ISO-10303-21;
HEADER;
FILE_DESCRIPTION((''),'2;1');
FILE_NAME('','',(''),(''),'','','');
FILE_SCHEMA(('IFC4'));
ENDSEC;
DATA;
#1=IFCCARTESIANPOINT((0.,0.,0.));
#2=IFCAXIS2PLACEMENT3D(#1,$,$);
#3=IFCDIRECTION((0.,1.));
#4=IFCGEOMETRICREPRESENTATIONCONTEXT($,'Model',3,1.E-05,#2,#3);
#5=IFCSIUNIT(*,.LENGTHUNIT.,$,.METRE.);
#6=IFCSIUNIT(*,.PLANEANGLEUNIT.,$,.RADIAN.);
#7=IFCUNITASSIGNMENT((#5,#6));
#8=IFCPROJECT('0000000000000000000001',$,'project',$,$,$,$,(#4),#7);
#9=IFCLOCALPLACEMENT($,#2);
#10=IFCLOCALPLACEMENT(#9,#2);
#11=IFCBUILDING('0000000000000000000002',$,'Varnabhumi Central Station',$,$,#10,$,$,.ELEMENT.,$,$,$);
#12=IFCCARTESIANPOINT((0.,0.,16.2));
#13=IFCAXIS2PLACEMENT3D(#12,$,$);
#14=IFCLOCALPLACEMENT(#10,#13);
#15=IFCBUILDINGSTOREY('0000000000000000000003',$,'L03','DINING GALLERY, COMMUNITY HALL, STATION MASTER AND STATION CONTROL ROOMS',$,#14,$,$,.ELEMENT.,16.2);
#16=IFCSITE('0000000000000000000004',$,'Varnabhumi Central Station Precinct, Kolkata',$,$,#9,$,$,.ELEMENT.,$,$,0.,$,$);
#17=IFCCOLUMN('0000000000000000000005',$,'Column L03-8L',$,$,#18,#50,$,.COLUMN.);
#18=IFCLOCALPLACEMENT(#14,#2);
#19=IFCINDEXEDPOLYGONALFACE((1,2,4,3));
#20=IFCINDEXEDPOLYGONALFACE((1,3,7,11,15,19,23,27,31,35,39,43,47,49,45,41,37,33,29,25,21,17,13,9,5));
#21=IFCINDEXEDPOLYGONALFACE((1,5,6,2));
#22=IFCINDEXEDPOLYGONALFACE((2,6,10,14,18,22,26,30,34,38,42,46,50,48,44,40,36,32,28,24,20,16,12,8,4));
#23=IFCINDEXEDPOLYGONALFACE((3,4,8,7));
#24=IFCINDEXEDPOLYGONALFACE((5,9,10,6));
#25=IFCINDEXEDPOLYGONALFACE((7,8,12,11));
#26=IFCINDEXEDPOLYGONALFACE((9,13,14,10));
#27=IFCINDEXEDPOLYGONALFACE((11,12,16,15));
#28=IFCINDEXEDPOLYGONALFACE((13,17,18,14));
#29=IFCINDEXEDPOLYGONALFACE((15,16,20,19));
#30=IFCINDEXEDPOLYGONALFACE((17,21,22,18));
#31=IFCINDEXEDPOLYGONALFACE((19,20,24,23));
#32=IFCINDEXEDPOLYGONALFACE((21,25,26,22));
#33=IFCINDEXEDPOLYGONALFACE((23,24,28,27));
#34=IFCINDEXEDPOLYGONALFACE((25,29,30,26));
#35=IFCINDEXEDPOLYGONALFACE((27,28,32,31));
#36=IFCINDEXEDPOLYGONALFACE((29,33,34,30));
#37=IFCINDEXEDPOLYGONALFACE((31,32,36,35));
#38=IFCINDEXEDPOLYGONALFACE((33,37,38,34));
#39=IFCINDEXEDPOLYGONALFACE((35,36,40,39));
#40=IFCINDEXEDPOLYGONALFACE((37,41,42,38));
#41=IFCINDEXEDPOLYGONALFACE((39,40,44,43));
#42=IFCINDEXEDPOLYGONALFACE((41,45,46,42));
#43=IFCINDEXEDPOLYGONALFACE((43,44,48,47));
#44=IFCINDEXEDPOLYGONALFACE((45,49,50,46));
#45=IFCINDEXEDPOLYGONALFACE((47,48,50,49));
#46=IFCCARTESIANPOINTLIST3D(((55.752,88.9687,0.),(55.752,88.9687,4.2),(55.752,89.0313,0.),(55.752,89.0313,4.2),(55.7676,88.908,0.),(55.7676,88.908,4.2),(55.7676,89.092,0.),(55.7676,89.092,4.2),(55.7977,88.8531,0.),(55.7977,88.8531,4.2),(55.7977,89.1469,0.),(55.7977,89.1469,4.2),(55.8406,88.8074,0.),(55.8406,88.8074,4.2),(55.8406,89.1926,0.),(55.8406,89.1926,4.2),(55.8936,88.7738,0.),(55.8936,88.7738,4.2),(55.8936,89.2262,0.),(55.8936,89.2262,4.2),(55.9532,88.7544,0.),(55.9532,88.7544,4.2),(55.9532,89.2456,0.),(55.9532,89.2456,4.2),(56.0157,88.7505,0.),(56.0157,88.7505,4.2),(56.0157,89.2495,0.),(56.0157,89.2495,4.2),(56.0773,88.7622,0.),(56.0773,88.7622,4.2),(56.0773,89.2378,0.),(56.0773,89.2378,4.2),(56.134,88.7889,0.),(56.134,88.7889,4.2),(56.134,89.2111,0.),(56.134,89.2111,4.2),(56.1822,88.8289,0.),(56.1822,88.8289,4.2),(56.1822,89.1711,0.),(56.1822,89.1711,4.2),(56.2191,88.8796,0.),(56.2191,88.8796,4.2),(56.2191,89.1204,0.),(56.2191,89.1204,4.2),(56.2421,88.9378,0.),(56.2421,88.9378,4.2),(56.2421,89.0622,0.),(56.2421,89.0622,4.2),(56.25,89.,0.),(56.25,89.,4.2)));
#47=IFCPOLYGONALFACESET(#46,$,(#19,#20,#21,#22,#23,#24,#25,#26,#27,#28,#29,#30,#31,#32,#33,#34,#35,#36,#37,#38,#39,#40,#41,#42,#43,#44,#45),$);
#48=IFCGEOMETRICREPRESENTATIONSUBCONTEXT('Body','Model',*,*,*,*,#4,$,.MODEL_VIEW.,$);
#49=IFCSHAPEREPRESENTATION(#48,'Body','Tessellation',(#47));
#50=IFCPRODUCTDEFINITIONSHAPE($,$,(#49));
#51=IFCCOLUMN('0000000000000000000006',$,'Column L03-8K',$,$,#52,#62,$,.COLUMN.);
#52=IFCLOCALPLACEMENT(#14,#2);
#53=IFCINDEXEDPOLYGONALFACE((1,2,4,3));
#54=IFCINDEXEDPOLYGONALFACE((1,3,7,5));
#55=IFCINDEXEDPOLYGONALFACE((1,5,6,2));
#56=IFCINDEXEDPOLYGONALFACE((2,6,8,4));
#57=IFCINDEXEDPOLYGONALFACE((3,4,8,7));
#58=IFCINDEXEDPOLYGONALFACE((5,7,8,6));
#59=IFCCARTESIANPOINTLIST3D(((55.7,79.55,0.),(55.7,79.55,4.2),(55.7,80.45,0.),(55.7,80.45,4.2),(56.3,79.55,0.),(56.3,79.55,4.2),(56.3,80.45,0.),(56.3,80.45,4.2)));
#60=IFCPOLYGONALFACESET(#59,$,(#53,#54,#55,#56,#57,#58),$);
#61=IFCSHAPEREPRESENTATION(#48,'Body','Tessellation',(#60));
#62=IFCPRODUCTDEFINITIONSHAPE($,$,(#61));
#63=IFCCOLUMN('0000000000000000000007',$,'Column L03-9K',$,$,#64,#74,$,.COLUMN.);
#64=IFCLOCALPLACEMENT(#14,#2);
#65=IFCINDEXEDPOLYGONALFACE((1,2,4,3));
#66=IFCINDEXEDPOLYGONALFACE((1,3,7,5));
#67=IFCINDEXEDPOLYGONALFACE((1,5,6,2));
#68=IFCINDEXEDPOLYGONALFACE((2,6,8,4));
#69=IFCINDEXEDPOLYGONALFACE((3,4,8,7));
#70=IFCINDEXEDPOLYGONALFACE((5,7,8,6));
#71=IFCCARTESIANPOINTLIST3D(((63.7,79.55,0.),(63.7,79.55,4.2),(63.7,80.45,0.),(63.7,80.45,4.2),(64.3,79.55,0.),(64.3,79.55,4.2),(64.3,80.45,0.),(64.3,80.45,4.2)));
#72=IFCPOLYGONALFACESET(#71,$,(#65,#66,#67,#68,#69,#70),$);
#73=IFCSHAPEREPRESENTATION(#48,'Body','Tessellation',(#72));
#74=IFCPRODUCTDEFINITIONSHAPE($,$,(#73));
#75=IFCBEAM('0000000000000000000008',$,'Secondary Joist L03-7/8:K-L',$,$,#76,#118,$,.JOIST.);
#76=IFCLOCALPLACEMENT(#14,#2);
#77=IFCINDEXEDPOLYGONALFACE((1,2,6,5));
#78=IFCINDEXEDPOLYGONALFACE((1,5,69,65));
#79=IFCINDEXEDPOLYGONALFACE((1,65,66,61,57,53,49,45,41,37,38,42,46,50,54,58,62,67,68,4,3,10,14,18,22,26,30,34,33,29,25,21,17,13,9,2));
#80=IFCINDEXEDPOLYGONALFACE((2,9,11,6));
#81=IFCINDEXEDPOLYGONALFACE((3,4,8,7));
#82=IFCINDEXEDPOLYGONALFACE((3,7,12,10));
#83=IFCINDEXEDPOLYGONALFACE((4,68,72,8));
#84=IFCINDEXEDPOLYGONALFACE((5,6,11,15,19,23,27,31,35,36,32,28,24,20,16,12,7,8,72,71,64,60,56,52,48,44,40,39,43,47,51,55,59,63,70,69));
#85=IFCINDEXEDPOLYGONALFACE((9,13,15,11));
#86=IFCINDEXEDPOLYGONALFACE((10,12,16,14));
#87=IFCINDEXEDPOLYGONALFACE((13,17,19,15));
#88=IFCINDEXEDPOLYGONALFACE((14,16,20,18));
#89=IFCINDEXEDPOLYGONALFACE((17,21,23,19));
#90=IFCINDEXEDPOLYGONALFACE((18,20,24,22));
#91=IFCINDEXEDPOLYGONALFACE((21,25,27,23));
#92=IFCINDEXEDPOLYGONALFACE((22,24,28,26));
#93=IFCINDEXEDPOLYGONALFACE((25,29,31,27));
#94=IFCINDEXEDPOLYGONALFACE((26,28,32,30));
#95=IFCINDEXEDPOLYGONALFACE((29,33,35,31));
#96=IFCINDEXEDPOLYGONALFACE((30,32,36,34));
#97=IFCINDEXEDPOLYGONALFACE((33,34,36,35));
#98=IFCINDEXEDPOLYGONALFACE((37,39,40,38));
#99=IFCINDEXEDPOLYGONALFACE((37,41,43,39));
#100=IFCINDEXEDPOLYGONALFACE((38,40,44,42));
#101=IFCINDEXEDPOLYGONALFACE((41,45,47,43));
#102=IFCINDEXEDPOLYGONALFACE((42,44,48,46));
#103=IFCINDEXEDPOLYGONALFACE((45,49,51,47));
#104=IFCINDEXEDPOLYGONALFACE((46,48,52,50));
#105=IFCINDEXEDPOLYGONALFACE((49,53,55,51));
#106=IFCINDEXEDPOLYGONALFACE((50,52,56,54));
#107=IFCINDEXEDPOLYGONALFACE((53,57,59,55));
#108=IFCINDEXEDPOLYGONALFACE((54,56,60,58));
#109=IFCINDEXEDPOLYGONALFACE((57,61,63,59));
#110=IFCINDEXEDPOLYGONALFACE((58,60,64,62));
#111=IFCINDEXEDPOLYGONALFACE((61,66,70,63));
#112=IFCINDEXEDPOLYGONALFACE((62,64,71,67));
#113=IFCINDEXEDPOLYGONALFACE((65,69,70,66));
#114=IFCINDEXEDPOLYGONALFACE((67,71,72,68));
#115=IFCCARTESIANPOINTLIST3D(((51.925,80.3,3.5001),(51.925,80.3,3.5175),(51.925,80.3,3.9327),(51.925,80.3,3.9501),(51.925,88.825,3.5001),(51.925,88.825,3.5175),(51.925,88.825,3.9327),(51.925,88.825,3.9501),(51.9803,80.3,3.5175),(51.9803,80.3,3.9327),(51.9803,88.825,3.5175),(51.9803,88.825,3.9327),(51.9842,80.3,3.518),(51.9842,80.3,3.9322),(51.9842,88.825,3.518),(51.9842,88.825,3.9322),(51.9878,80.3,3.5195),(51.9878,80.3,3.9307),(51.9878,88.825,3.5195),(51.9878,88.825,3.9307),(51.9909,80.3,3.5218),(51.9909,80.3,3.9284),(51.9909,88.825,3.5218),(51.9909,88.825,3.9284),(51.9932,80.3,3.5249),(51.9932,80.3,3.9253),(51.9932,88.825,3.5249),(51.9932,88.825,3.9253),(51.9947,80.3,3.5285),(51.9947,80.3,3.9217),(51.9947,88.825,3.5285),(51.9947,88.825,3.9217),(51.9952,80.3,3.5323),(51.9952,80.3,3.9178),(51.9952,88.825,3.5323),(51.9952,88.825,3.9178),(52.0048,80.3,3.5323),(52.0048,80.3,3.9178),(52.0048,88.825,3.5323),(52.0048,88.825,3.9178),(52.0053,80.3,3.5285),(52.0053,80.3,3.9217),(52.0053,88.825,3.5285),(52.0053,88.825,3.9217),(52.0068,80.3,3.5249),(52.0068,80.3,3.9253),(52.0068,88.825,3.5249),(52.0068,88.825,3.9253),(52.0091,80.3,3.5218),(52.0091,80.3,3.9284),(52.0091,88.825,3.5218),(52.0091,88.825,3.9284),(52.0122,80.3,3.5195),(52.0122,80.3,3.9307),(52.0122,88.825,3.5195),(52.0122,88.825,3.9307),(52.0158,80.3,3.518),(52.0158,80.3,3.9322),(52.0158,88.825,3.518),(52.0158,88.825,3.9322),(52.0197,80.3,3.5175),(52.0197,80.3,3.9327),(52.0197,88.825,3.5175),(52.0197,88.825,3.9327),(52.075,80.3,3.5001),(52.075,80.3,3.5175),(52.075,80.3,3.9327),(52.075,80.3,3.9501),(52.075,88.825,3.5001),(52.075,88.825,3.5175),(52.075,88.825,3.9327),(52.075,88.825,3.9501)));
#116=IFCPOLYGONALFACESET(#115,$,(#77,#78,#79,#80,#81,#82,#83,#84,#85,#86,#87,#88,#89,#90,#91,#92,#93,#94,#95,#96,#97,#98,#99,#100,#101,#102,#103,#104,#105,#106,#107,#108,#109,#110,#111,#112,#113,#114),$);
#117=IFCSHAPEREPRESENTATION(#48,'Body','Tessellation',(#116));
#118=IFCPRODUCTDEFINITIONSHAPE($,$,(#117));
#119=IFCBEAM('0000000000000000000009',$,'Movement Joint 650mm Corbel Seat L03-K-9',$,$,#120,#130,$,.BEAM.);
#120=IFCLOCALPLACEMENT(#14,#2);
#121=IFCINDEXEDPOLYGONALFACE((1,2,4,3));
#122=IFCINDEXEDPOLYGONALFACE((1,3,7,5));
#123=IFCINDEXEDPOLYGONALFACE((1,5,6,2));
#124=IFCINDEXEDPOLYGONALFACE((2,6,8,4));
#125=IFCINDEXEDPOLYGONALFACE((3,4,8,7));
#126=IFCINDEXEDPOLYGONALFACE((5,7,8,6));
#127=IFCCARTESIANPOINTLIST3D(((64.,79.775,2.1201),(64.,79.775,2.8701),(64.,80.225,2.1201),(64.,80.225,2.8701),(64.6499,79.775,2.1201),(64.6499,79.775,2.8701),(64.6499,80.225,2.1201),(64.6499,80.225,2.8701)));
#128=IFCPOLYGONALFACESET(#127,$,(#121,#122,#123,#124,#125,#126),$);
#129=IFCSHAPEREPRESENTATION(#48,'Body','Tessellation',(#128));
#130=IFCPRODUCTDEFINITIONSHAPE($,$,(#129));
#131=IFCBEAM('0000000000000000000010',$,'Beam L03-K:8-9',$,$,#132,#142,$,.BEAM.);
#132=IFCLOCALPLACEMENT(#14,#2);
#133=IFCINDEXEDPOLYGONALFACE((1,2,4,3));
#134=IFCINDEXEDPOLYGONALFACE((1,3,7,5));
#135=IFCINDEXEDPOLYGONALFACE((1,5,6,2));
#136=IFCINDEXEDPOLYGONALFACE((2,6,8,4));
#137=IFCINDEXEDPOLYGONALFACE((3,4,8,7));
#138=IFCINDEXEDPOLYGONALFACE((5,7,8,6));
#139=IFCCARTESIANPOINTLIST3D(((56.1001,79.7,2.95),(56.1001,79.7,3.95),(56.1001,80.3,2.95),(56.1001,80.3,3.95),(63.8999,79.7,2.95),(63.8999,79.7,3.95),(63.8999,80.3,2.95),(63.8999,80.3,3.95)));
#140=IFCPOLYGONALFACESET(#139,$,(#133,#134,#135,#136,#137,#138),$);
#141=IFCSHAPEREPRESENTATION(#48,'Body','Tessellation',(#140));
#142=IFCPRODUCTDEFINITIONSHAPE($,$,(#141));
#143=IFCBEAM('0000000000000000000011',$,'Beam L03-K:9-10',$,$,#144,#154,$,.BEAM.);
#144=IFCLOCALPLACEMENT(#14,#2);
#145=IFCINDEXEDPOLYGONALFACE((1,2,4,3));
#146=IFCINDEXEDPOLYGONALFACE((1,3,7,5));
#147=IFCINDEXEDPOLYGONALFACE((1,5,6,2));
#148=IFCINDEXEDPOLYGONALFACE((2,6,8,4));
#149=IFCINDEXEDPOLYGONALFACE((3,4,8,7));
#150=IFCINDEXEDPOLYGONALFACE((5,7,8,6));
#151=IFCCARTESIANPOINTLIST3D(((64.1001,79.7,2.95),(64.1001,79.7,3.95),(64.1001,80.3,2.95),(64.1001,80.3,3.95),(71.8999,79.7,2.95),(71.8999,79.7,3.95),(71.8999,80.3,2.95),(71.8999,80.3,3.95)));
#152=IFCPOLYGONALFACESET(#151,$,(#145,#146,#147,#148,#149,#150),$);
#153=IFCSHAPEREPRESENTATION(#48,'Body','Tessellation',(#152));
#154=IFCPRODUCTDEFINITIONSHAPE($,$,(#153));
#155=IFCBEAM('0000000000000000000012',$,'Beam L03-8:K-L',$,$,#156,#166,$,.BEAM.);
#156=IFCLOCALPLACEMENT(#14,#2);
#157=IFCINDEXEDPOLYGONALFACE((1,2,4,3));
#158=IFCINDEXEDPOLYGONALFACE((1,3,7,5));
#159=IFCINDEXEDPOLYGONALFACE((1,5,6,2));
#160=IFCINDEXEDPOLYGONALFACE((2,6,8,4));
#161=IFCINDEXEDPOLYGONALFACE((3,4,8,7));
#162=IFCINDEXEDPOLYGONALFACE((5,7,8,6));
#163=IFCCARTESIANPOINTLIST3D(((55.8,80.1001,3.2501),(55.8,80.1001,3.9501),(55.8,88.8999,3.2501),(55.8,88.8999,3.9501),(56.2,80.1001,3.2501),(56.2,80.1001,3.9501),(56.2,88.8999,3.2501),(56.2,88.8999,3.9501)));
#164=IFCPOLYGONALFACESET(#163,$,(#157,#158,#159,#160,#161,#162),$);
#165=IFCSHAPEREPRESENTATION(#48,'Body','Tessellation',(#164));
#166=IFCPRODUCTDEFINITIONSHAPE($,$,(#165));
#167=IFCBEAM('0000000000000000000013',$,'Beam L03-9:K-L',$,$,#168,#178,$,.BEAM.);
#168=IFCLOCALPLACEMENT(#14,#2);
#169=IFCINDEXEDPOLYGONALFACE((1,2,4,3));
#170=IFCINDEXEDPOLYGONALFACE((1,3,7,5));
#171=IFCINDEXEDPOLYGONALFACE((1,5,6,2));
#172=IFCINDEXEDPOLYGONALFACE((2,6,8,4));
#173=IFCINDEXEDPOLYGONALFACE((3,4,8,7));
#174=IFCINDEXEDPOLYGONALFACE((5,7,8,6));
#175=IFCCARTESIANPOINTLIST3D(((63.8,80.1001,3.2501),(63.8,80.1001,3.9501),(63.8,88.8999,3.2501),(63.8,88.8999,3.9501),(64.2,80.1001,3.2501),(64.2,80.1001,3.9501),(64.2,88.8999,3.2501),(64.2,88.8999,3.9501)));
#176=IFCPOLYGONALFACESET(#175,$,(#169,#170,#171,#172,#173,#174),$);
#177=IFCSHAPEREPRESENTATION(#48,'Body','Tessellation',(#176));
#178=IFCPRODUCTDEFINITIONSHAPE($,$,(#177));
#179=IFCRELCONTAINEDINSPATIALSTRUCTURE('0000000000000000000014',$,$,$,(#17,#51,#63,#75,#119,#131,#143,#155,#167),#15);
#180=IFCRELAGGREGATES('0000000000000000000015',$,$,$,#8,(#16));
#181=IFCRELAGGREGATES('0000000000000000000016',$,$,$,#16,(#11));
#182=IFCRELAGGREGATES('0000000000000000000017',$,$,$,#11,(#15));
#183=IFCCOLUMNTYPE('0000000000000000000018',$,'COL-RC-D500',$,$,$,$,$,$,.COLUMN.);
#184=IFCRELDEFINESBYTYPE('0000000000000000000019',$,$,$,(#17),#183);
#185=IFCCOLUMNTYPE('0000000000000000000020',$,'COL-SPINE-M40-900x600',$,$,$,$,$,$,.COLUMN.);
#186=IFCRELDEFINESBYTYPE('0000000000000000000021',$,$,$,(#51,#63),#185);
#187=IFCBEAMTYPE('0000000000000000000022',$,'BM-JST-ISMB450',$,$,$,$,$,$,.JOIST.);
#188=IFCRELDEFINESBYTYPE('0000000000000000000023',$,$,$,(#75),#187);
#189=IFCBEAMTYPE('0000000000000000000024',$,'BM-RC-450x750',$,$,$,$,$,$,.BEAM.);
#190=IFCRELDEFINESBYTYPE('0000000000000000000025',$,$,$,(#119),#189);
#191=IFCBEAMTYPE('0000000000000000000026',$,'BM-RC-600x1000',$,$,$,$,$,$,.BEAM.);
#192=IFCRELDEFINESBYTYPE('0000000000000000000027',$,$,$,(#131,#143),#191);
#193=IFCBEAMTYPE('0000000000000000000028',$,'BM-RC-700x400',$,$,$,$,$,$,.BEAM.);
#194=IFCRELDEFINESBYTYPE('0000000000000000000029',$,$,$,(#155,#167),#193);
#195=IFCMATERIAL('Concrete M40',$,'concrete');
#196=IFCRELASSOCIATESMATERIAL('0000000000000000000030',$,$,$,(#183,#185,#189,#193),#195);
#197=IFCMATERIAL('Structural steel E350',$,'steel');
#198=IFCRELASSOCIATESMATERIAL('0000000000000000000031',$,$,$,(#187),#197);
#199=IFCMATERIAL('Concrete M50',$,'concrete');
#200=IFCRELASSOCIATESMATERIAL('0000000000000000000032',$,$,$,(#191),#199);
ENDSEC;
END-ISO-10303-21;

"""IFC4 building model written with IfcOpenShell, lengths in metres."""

from ifc_helpers import new_model, si_unit, direction, frame, origin, origin_2d, place, context, subcontext, project, spatial, rectangle, circle, i_section, extrude, material, material_profile, profile_set, type_object, element, save


model = new_model("IFC4")

# Units and contexts
model_context = context("Model", 3, precision=1e-05, world=origin(), true_north=direction((0.0, 1.0)))
body_context = subcontext(model_context, "Body", "Model", "MODEL_VIEW")
ifc_project = project(units=[si_unit("LENGTHUNIT", "METRE"), si_unit("PLANEANGLEUNIT", "RADIAN")], contexts=[model_context])

# Site, building, storey
site_placement = place(None, origin())
site = spatial("IfcSite", under=ifc_project, at=site_placement, Name="Varnabhumi Central Station Precinct, Kolkata", CompositionType="ELEMENT", RefElevation=0.0)
building_placement = place(site_placement, origin())
building = spatial("IfcBuilding", under=site, at=building_placement, Name="Varnabhumi Central Station", CompositionType="ELEMENT")
storey_placement = place(building_placement, frame((0.0, 0.0, 16.2)))
storey = spatial("IfcBuildingStorey", under=building, at=storey_placement, Name="L03", Description="DINING GALLERY, COMMUNITY HALL, STATION MASTER AND STATION CONTROL ROOMS", CompositionType="ELEMENT", Elevation=16.2)

# Columns
ifc_material_1 = material(Name="Concrete M40", Category="concrete")
ifc_material_profile_1 = material_profile(ifc_material_1, circle(Radius=0.25, at=origin_2d()), Name="Concrete M40", Category="concrete")
ifc_profile_set_1 = profile_set([ifc_material_profile_1], Name="Concrete M40")
column_type_1 = type_object("IfcColumnType", Name="COL-RC-D500", PredefinedType="COLUMN", material=ifc_profile_set_1)
column_placement = place(storey_placement, frame((56.0, 89.0, 0.0), z_axis=(0.0, 0.0, 1.0), x_axis=(1.0, 0.0, 0.0)))
element("IfcColumn", 1, at=column_placement, inside=storey, type_object=column_type_1, Name="Column L03-8L", PredefinedType="COLUMN", context=body_context, shape_type="SweptSolid", body=[
    extrude(circle(Radius=0.25, at=origin_2d()), origin(), (0.0, 0.0, 1.0), 4.2),
])
ifc_material_profile_2 = material_profile(ifc_material_1, rectangle(XDim=0.6001, YDim=0.8999, at=origin_2d()), Name="Concrete M40", Category="concrete")
ifc_profile_set_2 = profile_set([ifc_material_profile_2], Name="Concrete M40")
column_type_2 = type_object("IfcColumnType", Name="COL-SPINE-M40-900x600", PredefinedType="COLUMN", material=ifc_profile_set_2)
for number, where, z_axis, x_axis, name in (
    (2, (56.0, 80.0, 0.0), (0.0, 0.0, 1.0), (1.0, 0.0, 0.0), "Column L03-8K"),
    (3, (64.0, 80.0, 0.0), (0.0, 0.0, 1.0), (1.0, 0.0, 0.0), "Column L03-9K"),
):
    element("IfcColumn", number, at=place(storey_placement, frame(where, z_axis=z_axis, x_axis=x_axis)), inside=storey, type_object=column_type_2, Name=name, PredefinedType="COLUMN", context=body_context, shape_type="SweptSolid", body=[
        extrude(rectangle(XDim=0.6001, YDim=0.8999, at=origin_2d()), origin(), (0.0, 0.0, 1.0), 4.2),
    ])

# Beams
ifc_material_2 = material(Name="Structural steel E350", Category="steel")
ifc_material_profile_3 = material_profile(ifc_material_2, i_section(OverallWidth=0.1499, OverallDepth=0.45, WebThickness=0.0095, FlangeThickness=0.0173, FilletRadius=0.0149, at=origin_2d()), Name="Structural steel E350", Category="steel")
ifc_profile_set_3 = profile_set([ifc_material_profile_3], Name="Structural steel E350")
beam_type_1 = type_object("IfcBeamType", Name="BM-JST-ISMB450", PredefinedType="JOIST", material=ifc_profile_set_3)
beam_1_placement = place(storey_placement, frame((52.0, 80.3, 3.7251), z_axis=(0.0, 1.0, 0.0), x_axis=(-1.0, 0.0, 0.0)))
element("IfcBeam", 4, at=beam_1_placement, inside=storey, type_object=beam_type_1, Name="Secondary Joist L03-7/8:K-L", PredefinedType="JOIST", context=body_context, shape_type="SweptSolid", body=[
    extrude(i_section(OverallWidth=0.1499, OverallDepth=0.45, WebThickness=0.0095, FlangeThickness=0.0173, FilletRadius=0.0149, at=origin_2d()), origin(), (0.0, 0.0, 1.0), 8.5249),
])
ifc_material_profile_4 = material_profile(ifc_material_1, rectangle(XDim=0.45, YDim=0.75, at=origin_2d()), Name="Concrete M40", Category="concrete")
ifc_profile_set_4 = profile_set([ifc_material_profile_4], Name="Concrete M40")
beam_type_2 = type_object("IfcBeamType", Name="BM-RC-450x750", PredefinedType="BEAM", material=ifc_profile_set_4)
beam_2_placement = place(storey_placement, frame((64.0, 80.0, 2.4951), z_axis=(1.0, 0.0, 0.0), x_axis=(0.0, 1.0, 0.0)))
element("IfcBeam", 5, at=beam_2_placement, inside=storey, type_object=beam_type_2, Name="Movement Joint 650mm Corbel Seat L03-K-9", PredefinedType="BEAM", context=body_context, shape_type="SweptSolid", body=[
    extrude(rectangle(XDim=0.45, YDim=0.75, at=origin_2d()), origin(), (0.0, 0.0, 1.0), 0.6499),
])
ifc_material_3 = material(Name="Concrete M50", Category="concrete")
ifc_material_profile_5 = material_profile(ifc_material_3, rectangle(XDim=0.6001, YDim=1.0, at=origin_2d()), Name="Concrete M50", Category="concrete")
ifc_profile_set_5 = profile_set([ifc_material_profile_5], Name="Concrete M50")
beam_type_3 = type_object("IfcBeamType", Name="BM-RC-600x1000", PredefinedType="BEAM", material=ifc_profile_set_5)
for number, where, z_axis, x_axis, name in (
    (6, (56.1001, 80.0, 3.45), (1.0, 0.0, 0.0), (0.0, 1.0, 0.0), "Beam L03-K:8-9"),
    (7, (64.1001, 80.0, 3.45), (1.0, 0.0, 0.0), (0.0, 1.0, 0.0), "Beam L03-K:9-10"),
):
    element("IfcBeam", number, at=place(storey_placement, frame(where, z_axis=z_axis, x_axis=x_axis)), inside=storey, type_object=beam_type_3, Name=name, PredefinedType="BEAM", context=body_context, shape_type="SweptSolid", body=[
        extrude(rectangle(XDim=0.6001, YDim=1.0, at=origin_2d()), origin(), (0.0, 0.0, 1.0), 7.7998),
    ])
ifc_material_profile_6 = material_profile(ifc_material_1, rectangle(XDim=0.3999, YDim=0.7, at=origin_2d()), Name="Concrete M40", Category="concrete")
ifc_profile_set_6 = profile_set([ifc_material_profile_6], Name="Concrete M40")
beam_type_4 = type_object("IfcBeamType", Name="BM-RC-700x400", PredefinedType="BEAM", material=ifc_profile_set_6)
for number, where, z_axis, x_axis, name in (
    (8, (56.0, 80.1001, 3.6001), (0.0, 1.0, 0.0), (-1.0, 0.0, 0.0), "Beam L03-8:K-L"),
    (9, (64.0, 80.1001, 3.6001), (0.0, 1.0, 0.0), (-1.0, 0.0, 0.0), "Beam L03-9:K-L"),
):
    element("IfcBeam", number, at=place(storey_placement, frame(where, z_axis=z_axis, x_axis=x_axis)), inside=storey, type_object=beam_type_4, Name=name, PredefinedType="BEAM", context=body_context, shape_type="SweptSolid", body=[
        extrude(rectangle(XDim=0.3999, YDim=0.7, at=origin_2d()), origin(), (0.0, 0.0, 1.0), 8.7998),
    ])

save(model, "model.ifc")
